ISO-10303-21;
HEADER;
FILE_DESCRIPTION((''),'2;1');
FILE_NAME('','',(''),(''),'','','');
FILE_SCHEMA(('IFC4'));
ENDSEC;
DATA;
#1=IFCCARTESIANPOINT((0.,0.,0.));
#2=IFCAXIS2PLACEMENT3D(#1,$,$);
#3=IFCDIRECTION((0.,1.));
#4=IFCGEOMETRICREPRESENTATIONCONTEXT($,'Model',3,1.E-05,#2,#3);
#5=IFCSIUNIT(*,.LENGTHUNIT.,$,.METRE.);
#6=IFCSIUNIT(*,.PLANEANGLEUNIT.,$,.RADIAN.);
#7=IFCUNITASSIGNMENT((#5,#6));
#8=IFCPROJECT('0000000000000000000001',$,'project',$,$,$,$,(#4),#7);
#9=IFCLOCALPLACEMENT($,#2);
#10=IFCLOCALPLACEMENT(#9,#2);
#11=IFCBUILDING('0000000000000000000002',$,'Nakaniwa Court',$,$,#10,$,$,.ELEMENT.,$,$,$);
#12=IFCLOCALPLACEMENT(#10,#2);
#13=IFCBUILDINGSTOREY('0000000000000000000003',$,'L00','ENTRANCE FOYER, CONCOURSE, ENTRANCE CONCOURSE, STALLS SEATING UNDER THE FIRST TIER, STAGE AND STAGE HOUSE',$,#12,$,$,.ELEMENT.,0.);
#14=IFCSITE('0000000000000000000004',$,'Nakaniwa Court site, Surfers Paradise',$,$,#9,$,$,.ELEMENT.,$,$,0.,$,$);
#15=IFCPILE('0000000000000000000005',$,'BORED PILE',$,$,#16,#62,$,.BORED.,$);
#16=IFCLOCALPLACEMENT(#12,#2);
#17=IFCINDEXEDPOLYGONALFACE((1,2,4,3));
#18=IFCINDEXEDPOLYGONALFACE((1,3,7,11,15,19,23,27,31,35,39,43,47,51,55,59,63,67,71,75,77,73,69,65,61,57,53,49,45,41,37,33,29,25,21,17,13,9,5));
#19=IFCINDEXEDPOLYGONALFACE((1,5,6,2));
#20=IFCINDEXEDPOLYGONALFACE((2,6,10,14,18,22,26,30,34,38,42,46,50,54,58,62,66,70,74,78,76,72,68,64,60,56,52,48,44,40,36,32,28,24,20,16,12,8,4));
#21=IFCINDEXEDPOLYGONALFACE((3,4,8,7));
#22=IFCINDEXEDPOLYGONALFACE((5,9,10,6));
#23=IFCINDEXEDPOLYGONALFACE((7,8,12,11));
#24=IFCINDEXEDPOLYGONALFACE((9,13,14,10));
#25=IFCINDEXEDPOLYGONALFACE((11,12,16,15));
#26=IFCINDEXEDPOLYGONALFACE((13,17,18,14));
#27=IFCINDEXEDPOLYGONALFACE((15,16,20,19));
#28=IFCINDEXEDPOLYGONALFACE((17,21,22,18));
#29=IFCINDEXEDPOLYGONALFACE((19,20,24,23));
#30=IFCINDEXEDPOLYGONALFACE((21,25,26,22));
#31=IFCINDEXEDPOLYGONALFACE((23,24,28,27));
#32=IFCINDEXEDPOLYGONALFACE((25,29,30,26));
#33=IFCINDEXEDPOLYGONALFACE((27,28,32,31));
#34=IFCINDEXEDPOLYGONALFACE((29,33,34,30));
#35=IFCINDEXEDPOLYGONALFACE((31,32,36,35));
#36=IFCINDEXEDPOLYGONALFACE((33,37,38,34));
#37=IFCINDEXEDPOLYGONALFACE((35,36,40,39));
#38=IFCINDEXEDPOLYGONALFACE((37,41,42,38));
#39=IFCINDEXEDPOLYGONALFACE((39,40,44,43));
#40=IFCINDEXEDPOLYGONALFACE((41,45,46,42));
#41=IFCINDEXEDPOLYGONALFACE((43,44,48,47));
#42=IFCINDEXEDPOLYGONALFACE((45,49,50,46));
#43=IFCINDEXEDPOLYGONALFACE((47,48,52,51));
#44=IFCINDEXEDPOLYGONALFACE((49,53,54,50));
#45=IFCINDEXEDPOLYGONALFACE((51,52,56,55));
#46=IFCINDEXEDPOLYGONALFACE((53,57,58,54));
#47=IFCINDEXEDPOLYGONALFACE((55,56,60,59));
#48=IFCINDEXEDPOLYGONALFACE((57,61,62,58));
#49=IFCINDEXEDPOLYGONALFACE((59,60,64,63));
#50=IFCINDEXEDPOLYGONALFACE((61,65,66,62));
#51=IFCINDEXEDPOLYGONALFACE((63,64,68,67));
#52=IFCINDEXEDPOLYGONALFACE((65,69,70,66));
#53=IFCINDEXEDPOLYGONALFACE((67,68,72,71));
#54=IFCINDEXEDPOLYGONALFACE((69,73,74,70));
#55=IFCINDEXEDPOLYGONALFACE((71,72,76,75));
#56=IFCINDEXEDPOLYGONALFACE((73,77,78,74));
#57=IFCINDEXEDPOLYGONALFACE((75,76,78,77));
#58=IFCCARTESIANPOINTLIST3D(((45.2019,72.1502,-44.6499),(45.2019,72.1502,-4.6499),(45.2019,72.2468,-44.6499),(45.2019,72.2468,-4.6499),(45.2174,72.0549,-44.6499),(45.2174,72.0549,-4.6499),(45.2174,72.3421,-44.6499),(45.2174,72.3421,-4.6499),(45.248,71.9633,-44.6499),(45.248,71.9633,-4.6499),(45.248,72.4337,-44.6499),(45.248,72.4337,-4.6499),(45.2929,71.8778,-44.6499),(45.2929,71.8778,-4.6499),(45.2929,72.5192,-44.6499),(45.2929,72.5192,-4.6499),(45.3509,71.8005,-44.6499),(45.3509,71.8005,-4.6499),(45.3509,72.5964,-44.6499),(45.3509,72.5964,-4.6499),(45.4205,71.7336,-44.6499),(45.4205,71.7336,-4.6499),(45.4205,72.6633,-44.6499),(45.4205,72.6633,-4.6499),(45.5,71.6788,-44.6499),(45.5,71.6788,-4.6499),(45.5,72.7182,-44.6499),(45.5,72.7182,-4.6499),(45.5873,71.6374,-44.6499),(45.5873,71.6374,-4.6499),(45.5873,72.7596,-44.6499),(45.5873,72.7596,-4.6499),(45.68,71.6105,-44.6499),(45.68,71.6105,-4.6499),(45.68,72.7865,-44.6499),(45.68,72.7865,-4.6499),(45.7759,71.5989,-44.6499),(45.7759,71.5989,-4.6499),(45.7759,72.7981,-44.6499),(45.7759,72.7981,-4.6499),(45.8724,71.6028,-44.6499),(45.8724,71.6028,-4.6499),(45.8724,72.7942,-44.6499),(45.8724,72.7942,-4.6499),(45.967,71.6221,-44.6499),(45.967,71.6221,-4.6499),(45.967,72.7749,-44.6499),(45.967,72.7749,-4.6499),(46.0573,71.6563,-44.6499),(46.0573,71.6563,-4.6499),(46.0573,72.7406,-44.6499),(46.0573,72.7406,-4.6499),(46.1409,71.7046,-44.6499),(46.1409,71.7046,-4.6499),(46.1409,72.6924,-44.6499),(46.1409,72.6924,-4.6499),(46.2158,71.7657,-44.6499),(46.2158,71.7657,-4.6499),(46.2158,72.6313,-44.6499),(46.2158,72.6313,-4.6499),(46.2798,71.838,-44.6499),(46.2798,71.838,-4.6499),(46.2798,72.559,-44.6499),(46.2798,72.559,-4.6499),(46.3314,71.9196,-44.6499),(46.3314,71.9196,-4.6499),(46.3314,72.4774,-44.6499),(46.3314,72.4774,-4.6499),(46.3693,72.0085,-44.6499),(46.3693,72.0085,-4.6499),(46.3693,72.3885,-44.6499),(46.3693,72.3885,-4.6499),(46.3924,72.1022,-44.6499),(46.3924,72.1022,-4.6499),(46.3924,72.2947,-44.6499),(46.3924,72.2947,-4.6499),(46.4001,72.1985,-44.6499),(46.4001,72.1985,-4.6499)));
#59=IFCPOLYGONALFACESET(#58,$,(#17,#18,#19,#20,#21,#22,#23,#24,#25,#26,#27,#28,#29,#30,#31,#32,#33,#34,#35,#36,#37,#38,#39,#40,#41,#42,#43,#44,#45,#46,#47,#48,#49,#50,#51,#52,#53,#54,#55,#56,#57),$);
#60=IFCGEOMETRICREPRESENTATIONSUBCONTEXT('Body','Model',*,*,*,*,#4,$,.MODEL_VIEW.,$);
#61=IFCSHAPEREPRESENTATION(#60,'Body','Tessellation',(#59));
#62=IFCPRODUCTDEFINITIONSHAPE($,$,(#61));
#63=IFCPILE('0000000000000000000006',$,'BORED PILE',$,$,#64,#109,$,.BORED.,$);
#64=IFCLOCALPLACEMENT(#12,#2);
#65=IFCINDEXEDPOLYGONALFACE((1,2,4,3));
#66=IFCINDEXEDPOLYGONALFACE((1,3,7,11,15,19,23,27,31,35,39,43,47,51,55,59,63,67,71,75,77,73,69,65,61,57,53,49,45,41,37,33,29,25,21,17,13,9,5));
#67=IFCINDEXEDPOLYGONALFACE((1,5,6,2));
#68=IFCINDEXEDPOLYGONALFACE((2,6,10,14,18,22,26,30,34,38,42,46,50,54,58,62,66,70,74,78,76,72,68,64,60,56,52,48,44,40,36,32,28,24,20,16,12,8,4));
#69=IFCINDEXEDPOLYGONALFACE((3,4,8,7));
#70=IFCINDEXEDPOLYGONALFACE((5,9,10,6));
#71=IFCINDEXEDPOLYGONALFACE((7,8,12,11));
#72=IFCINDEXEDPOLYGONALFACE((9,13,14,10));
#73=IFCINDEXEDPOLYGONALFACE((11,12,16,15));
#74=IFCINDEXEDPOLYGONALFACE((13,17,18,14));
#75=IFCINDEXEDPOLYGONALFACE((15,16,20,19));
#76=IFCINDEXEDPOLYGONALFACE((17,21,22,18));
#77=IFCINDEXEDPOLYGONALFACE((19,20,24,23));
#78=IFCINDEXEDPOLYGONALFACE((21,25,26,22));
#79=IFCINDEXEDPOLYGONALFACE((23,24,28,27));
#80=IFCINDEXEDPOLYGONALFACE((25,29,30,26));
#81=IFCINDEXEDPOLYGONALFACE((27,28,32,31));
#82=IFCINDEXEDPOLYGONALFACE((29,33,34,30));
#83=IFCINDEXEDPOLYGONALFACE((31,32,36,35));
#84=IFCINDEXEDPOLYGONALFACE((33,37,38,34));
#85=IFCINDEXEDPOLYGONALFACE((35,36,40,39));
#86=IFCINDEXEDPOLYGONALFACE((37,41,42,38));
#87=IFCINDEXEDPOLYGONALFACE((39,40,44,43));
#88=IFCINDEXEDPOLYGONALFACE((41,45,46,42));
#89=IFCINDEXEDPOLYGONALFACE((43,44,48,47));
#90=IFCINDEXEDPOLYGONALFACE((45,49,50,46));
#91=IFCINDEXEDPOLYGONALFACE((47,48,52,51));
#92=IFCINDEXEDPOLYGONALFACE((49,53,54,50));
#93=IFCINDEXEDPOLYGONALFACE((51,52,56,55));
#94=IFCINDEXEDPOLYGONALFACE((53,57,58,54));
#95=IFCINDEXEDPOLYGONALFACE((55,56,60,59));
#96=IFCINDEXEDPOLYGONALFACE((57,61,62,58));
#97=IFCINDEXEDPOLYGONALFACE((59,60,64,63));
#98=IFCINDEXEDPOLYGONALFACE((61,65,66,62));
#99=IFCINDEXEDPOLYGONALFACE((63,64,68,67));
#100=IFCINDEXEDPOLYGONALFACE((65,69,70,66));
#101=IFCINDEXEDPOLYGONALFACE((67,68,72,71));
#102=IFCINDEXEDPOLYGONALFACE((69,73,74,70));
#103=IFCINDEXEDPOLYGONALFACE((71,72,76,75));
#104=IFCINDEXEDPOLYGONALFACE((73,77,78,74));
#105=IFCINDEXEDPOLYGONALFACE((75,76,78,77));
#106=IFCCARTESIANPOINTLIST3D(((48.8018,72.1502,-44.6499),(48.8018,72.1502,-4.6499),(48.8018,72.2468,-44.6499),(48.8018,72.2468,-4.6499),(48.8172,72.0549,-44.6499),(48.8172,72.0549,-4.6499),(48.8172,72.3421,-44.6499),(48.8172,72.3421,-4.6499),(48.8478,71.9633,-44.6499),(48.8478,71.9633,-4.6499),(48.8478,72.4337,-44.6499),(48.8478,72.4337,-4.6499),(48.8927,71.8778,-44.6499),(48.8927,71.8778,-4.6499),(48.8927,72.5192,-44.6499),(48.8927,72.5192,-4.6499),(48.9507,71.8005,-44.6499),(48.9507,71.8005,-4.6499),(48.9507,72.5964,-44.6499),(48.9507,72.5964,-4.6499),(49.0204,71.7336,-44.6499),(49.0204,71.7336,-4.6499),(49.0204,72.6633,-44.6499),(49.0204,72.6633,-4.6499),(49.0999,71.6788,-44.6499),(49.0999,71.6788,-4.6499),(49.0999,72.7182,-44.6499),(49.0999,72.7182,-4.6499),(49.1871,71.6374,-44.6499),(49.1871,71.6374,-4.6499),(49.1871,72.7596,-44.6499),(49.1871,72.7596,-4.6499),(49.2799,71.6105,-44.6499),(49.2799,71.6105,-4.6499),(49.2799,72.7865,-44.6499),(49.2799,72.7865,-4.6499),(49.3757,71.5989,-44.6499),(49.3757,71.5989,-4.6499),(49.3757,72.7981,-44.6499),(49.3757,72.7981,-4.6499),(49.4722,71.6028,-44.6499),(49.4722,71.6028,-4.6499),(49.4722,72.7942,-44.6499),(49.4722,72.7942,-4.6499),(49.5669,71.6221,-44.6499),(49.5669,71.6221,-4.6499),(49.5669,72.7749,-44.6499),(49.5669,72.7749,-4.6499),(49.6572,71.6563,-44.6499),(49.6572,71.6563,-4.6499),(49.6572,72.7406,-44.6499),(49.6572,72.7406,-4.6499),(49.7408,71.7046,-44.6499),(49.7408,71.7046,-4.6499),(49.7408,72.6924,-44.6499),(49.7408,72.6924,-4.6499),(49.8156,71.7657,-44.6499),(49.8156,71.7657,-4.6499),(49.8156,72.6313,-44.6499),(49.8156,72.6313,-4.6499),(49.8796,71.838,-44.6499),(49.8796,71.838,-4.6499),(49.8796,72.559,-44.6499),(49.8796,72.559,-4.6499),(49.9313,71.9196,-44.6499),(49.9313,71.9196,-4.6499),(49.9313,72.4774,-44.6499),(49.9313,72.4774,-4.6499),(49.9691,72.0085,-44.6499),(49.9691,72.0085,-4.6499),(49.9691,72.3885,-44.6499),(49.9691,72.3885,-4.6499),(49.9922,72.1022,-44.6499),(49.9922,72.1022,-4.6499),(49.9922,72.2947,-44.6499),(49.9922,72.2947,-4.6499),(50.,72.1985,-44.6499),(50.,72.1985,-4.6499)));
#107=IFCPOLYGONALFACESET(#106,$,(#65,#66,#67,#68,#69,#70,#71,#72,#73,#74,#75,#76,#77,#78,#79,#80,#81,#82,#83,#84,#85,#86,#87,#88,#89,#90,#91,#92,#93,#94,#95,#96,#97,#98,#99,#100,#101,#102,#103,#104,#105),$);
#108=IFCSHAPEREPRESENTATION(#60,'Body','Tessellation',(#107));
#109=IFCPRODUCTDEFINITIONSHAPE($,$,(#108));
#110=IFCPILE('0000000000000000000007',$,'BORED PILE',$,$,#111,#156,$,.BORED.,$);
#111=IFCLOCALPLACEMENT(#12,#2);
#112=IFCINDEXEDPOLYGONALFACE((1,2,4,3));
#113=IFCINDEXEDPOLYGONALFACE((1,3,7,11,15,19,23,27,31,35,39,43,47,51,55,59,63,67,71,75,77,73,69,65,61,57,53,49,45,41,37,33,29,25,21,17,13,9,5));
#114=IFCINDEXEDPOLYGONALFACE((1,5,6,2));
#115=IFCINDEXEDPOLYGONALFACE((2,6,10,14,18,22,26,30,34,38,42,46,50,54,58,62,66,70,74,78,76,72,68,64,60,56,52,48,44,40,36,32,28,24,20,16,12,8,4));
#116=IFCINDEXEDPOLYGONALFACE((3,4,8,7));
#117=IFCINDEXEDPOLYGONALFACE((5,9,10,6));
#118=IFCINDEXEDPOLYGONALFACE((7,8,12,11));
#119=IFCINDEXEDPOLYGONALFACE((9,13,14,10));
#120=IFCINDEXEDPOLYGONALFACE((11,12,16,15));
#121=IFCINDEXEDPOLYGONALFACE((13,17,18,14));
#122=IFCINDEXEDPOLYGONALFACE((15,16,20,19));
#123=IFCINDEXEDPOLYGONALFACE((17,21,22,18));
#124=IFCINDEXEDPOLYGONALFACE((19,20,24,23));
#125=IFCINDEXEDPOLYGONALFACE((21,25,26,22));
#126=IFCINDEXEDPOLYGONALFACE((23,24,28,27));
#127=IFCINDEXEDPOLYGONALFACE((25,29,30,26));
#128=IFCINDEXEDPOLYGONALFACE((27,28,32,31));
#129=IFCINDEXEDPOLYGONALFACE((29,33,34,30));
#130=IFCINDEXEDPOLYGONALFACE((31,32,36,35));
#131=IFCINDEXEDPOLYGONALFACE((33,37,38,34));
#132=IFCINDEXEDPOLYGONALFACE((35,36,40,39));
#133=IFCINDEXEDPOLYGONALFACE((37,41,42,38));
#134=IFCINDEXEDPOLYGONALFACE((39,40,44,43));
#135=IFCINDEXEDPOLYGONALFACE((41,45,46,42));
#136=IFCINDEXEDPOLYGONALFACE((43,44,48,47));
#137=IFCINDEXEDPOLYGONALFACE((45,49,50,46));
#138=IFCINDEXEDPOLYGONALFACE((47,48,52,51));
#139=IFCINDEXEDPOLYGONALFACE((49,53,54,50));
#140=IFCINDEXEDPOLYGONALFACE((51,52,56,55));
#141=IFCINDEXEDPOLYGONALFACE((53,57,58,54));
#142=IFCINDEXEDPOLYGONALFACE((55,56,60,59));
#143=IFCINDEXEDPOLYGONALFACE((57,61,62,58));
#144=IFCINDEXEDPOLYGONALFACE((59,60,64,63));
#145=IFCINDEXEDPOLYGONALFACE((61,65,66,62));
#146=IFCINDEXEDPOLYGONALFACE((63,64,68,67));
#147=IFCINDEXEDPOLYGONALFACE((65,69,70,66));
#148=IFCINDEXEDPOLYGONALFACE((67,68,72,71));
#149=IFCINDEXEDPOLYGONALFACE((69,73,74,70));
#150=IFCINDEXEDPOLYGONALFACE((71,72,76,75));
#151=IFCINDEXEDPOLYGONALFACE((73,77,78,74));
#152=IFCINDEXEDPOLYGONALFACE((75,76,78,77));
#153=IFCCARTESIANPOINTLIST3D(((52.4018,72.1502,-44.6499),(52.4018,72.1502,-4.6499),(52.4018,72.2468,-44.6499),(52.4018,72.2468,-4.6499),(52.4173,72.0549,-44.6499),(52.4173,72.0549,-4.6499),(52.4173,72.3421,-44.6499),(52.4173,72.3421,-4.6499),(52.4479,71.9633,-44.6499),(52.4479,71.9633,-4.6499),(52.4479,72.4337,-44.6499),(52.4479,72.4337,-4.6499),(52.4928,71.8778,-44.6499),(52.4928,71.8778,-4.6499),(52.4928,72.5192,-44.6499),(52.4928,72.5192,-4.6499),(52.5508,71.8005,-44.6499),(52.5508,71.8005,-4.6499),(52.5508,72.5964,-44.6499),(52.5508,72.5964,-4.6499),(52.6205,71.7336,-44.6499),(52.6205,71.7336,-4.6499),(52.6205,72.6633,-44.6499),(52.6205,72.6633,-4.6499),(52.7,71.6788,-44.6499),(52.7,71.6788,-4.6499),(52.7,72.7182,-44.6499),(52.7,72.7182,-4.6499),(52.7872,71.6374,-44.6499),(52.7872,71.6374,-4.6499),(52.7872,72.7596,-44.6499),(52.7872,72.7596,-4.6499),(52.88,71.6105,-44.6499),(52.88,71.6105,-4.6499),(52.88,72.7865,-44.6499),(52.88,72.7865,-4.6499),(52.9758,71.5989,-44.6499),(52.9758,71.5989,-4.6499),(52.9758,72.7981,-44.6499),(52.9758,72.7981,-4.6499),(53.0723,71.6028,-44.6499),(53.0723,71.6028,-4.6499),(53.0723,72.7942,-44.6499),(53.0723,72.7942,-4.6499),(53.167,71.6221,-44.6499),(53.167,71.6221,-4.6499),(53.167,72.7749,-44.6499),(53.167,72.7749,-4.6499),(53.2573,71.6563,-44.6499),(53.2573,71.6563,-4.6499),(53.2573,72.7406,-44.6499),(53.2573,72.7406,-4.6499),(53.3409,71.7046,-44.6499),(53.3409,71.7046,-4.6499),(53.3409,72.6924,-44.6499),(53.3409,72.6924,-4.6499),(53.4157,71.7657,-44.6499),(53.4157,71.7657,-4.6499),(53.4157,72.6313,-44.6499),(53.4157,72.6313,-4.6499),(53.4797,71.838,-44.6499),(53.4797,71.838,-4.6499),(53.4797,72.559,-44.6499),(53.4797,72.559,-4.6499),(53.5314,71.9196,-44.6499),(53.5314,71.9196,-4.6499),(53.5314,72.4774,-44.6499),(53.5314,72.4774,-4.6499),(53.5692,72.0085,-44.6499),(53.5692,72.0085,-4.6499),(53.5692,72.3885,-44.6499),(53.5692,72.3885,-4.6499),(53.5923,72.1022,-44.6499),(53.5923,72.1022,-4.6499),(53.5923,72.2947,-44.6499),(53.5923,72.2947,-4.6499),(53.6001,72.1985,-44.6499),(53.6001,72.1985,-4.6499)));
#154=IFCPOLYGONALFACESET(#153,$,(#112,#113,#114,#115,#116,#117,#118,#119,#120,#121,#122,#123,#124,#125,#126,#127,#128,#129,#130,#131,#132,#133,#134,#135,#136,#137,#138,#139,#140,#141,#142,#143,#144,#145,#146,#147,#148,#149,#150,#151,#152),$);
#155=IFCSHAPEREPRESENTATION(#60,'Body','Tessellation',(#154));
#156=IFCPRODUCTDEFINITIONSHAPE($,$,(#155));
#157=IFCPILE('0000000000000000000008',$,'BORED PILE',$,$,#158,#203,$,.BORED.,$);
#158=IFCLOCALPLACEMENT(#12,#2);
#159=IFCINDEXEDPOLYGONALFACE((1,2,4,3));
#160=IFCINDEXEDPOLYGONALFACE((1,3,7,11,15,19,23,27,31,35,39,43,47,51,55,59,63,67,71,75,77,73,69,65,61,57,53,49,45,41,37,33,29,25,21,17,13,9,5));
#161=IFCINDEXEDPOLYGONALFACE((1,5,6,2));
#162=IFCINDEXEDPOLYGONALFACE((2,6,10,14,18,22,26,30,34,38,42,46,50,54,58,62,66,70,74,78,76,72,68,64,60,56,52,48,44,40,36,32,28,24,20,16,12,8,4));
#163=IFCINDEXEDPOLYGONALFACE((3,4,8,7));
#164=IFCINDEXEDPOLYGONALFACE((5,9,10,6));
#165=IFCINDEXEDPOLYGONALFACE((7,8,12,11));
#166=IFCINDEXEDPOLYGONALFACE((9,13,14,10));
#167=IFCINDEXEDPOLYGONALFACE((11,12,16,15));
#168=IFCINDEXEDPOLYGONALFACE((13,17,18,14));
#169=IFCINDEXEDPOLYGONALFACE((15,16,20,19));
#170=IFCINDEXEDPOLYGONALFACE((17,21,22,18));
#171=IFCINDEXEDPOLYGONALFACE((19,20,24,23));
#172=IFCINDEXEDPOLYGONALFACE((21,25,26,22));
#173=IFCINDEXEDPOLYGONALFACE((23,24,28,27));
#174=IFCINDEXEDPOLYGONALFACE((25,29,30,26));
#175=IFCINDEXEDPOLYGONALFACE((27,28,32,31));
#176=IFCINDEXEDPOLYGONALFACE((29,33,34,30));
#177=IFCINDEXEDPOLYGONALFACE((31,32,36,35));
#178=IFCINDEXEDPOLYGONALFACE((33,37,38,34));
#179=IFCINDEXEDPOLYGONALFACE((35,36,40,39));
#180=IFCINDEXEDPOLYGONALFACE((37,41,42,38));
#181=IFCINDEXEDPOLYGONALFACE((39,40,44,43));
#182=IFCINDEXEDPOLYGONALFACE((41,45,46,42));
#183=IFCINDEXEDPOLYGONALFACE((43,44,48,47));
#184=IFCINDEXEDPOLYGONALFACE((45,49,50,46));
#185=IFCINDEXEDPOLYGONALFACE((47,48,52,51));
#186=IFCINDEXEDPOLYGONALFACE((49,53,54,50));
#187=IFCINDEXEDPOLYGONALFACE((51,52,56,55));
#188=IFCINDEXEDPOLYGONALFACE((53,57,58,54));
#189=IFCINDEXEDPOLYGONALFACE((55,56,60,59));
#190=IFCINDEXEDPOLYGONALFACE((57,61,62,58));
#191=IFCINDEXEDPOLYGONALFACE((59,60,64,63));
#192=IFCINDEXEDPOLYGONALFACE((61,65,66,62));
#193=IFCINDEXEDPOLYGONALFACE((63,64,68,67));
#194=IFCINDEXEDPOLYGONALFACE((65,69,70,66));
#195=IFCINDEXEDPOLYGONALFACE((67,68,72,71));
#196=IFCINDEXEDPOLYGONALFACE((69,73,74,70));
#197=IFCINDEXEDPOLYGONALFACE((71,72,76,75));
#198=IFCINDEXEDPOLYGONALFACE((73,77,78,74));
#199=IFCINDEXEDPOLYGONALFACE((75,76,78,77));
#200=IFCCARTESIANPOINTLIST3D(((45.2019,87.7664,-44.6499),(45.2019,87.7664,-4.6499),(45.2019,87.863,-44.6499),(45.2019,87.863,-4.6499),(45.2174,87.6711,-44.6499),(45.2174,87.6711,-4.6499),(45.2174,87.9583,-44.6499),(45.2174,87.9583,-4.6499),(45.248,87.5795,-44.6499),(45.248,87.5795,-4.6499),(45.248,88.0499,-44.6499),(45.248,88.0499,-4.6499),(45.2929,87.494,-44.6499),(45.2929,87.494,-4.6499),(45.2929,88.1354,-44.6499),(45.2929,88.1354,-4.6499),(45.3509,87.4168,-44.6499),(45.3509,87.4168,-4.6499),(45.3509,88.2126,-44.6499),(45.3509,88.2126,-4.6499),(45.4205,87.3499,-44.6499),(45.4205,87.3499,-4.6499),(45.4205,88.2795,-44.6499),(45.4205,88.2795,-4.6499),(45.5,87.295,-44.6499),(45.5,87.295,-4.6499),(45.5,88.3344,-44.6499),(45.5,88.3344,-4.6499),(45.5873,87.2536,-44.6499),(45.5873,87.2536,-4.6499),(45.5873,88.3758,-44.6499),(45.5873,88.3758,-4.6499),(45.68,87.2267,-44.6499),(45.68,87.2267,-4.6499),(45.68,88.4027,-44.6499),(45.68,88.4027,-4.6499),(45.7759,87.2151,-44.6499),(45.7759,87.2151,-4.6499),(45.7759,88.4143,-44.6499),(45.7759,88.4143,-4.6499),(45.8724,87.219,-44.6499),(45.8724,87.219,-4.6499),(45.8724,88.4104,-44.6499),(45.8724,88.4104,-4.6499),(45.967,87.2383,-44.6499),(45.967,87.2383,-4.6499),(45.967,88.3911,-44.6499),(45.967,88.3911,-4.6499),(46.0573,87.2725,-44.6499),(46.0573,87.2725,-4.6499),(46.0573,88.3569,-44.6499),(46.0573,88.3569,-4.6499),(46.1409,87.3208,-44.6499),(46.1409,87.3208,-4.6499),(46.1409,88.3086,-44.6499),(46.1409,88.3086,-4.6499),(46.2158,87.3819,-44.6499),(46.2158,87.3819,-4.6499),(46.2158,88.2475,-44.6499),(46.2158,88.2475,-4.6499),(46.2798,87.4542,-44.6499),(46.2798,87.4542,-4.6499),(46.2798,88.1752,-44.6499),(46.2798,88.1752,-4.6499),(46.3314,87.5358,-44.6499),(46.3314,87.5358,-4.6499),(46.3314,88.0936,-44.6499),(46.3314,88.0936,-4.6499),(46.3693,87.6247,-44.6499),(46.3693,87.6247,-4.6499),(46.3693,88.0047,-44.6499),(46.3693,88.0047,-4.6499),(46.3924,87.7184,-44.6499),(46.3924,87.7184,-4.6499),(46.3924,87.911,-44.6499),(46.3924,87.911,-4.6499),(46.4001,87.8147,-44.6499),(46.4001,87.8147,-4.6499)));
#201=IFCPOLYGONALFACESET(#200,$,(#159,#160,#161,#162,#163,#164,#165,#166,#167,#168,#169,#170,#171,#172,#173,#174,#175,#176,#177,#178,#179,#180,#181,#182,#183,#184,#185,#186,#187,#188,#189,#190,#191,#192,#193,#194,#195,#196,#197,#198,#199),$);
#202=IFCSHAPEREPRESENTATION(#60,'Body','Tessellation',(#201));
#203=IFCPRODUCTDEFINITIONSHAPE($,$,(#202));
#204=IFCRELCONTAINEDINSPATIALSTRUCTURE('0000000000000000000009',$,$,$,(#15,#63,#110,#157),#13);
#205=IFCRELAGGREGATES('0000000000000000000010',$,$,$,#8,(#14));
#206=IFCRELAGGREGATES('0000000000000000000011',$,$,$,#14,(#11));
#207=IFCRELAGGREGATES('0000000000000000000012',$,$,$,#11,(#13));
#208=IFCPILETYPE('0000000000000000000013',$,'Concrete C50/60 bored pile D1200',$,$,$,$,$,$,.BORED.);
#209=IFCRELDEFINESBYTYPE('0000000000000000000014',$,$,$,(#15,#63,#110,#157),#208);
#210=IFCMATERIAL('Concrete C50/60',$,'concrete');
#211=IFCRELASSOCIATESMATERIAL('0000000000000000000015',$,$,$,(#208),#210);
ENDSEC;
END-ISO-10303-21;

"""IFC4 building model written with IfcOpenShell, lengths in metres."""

from ifc_helpers import new_model, si_unit, direction, frame, origin, origin_2d, place, context, subcontext, project, spatial, circle, extrude, material, material_profile, profile_set, type_object, element, save


model = new_model("IFC4")

# Units and contexts
model_context = context("Model", 3, precision=1e-05, world=origin(), true_north=direction((0.0, 1.0)))
body_context = subcontext(model_context, "Body", "Model", "MODEL_VIEW")
ifc_project = project(units=[si_unit("LENGTHUNIT", "METRE"), si_unit("PLANEANGLEUNIT", "RADIAN")], contexts=[model_context])

# Site, building, storey
site_placement = place(None, origin())
site = spatial("IfcSite", under=ifc_project, at=site_placement, Name="Nakaniwa Court site, Surfers Paradise", CompositionType="ELEMENT", RefElevation=0.0)
building_placement = place(site_placement, origin())
building = spatial("IfcBuilding", under=site, at=building_placement, Name="Nakaniwa Court", CompositionType="ELEMENT")
storey_placement = place(building_placement, origin())
storey = spatial("IfcBuildingStorey", under=building, at=storey_placement, Name="L00", Description="ENTRANCE FOYER, CONCOURSE, ENTRANCE CONCOURSE, STALLS SEATING UNDER THE FIRST TIER, STAGE AND STAGE HOUSE", CompositionType="ELEMENT", Elevation=0.0)

# Piles
ifc_material_1 = material(Name="Concrete C50/60", Category="concrete")
ifc_material_profile_1 = material_profile(ifc_material_1, circle(Radius=0.6001, at=origin_2d()), Name="Concrete C50/60 bored pile D1200")
ifc_profile_set_1 = profile_set([ifc_material_profile_1], Name="Concrete C50/60")
pile_type = type_object("IfcPileType", Name="Concrete C50/60 bored pile D1200", PredefinedType="BORED", material=ifc_profile_set_1)
for number, where, z_axis, x_axis, name in (
    (1, (45.8, 72.1985, -4.6499), (0.0, 0.0, -1.0), (1.0, 0.0, 0.0), "BORED PILE"),
    (2, (49.3999, 72.1985, -4.6499), (0.0, 0.0, -1.0), (1.0, 0.0, 0.0), "BORED PILE"),
    (3, (53.0, 72.1985, -4.6499), (0.0, 0.0, -1.0), (1.0, 0.0, 0.0), "BORED PILE"),
    (4, (45.8, 87.8147, -4.6499), (0.0, 0.0, -1.0), (1.0, 0.0, 0.0), "BORED PILE"),
):
    element("IfcPile", number, at=place(storey_placement, frame(where, z_axis=z_axis, x_axis=x_axis)), inside=storey, type_object=pile_type, Name=name, PredefinedType="BORED", context=body_context, shape_type="SweptSolid", body=[
        extrude(circle(Radius=0.6001, at=origin_2d()), origin(), (0.0, 0.0, 1.0), 40.0),
    ])

save(model, "model.ifc")
